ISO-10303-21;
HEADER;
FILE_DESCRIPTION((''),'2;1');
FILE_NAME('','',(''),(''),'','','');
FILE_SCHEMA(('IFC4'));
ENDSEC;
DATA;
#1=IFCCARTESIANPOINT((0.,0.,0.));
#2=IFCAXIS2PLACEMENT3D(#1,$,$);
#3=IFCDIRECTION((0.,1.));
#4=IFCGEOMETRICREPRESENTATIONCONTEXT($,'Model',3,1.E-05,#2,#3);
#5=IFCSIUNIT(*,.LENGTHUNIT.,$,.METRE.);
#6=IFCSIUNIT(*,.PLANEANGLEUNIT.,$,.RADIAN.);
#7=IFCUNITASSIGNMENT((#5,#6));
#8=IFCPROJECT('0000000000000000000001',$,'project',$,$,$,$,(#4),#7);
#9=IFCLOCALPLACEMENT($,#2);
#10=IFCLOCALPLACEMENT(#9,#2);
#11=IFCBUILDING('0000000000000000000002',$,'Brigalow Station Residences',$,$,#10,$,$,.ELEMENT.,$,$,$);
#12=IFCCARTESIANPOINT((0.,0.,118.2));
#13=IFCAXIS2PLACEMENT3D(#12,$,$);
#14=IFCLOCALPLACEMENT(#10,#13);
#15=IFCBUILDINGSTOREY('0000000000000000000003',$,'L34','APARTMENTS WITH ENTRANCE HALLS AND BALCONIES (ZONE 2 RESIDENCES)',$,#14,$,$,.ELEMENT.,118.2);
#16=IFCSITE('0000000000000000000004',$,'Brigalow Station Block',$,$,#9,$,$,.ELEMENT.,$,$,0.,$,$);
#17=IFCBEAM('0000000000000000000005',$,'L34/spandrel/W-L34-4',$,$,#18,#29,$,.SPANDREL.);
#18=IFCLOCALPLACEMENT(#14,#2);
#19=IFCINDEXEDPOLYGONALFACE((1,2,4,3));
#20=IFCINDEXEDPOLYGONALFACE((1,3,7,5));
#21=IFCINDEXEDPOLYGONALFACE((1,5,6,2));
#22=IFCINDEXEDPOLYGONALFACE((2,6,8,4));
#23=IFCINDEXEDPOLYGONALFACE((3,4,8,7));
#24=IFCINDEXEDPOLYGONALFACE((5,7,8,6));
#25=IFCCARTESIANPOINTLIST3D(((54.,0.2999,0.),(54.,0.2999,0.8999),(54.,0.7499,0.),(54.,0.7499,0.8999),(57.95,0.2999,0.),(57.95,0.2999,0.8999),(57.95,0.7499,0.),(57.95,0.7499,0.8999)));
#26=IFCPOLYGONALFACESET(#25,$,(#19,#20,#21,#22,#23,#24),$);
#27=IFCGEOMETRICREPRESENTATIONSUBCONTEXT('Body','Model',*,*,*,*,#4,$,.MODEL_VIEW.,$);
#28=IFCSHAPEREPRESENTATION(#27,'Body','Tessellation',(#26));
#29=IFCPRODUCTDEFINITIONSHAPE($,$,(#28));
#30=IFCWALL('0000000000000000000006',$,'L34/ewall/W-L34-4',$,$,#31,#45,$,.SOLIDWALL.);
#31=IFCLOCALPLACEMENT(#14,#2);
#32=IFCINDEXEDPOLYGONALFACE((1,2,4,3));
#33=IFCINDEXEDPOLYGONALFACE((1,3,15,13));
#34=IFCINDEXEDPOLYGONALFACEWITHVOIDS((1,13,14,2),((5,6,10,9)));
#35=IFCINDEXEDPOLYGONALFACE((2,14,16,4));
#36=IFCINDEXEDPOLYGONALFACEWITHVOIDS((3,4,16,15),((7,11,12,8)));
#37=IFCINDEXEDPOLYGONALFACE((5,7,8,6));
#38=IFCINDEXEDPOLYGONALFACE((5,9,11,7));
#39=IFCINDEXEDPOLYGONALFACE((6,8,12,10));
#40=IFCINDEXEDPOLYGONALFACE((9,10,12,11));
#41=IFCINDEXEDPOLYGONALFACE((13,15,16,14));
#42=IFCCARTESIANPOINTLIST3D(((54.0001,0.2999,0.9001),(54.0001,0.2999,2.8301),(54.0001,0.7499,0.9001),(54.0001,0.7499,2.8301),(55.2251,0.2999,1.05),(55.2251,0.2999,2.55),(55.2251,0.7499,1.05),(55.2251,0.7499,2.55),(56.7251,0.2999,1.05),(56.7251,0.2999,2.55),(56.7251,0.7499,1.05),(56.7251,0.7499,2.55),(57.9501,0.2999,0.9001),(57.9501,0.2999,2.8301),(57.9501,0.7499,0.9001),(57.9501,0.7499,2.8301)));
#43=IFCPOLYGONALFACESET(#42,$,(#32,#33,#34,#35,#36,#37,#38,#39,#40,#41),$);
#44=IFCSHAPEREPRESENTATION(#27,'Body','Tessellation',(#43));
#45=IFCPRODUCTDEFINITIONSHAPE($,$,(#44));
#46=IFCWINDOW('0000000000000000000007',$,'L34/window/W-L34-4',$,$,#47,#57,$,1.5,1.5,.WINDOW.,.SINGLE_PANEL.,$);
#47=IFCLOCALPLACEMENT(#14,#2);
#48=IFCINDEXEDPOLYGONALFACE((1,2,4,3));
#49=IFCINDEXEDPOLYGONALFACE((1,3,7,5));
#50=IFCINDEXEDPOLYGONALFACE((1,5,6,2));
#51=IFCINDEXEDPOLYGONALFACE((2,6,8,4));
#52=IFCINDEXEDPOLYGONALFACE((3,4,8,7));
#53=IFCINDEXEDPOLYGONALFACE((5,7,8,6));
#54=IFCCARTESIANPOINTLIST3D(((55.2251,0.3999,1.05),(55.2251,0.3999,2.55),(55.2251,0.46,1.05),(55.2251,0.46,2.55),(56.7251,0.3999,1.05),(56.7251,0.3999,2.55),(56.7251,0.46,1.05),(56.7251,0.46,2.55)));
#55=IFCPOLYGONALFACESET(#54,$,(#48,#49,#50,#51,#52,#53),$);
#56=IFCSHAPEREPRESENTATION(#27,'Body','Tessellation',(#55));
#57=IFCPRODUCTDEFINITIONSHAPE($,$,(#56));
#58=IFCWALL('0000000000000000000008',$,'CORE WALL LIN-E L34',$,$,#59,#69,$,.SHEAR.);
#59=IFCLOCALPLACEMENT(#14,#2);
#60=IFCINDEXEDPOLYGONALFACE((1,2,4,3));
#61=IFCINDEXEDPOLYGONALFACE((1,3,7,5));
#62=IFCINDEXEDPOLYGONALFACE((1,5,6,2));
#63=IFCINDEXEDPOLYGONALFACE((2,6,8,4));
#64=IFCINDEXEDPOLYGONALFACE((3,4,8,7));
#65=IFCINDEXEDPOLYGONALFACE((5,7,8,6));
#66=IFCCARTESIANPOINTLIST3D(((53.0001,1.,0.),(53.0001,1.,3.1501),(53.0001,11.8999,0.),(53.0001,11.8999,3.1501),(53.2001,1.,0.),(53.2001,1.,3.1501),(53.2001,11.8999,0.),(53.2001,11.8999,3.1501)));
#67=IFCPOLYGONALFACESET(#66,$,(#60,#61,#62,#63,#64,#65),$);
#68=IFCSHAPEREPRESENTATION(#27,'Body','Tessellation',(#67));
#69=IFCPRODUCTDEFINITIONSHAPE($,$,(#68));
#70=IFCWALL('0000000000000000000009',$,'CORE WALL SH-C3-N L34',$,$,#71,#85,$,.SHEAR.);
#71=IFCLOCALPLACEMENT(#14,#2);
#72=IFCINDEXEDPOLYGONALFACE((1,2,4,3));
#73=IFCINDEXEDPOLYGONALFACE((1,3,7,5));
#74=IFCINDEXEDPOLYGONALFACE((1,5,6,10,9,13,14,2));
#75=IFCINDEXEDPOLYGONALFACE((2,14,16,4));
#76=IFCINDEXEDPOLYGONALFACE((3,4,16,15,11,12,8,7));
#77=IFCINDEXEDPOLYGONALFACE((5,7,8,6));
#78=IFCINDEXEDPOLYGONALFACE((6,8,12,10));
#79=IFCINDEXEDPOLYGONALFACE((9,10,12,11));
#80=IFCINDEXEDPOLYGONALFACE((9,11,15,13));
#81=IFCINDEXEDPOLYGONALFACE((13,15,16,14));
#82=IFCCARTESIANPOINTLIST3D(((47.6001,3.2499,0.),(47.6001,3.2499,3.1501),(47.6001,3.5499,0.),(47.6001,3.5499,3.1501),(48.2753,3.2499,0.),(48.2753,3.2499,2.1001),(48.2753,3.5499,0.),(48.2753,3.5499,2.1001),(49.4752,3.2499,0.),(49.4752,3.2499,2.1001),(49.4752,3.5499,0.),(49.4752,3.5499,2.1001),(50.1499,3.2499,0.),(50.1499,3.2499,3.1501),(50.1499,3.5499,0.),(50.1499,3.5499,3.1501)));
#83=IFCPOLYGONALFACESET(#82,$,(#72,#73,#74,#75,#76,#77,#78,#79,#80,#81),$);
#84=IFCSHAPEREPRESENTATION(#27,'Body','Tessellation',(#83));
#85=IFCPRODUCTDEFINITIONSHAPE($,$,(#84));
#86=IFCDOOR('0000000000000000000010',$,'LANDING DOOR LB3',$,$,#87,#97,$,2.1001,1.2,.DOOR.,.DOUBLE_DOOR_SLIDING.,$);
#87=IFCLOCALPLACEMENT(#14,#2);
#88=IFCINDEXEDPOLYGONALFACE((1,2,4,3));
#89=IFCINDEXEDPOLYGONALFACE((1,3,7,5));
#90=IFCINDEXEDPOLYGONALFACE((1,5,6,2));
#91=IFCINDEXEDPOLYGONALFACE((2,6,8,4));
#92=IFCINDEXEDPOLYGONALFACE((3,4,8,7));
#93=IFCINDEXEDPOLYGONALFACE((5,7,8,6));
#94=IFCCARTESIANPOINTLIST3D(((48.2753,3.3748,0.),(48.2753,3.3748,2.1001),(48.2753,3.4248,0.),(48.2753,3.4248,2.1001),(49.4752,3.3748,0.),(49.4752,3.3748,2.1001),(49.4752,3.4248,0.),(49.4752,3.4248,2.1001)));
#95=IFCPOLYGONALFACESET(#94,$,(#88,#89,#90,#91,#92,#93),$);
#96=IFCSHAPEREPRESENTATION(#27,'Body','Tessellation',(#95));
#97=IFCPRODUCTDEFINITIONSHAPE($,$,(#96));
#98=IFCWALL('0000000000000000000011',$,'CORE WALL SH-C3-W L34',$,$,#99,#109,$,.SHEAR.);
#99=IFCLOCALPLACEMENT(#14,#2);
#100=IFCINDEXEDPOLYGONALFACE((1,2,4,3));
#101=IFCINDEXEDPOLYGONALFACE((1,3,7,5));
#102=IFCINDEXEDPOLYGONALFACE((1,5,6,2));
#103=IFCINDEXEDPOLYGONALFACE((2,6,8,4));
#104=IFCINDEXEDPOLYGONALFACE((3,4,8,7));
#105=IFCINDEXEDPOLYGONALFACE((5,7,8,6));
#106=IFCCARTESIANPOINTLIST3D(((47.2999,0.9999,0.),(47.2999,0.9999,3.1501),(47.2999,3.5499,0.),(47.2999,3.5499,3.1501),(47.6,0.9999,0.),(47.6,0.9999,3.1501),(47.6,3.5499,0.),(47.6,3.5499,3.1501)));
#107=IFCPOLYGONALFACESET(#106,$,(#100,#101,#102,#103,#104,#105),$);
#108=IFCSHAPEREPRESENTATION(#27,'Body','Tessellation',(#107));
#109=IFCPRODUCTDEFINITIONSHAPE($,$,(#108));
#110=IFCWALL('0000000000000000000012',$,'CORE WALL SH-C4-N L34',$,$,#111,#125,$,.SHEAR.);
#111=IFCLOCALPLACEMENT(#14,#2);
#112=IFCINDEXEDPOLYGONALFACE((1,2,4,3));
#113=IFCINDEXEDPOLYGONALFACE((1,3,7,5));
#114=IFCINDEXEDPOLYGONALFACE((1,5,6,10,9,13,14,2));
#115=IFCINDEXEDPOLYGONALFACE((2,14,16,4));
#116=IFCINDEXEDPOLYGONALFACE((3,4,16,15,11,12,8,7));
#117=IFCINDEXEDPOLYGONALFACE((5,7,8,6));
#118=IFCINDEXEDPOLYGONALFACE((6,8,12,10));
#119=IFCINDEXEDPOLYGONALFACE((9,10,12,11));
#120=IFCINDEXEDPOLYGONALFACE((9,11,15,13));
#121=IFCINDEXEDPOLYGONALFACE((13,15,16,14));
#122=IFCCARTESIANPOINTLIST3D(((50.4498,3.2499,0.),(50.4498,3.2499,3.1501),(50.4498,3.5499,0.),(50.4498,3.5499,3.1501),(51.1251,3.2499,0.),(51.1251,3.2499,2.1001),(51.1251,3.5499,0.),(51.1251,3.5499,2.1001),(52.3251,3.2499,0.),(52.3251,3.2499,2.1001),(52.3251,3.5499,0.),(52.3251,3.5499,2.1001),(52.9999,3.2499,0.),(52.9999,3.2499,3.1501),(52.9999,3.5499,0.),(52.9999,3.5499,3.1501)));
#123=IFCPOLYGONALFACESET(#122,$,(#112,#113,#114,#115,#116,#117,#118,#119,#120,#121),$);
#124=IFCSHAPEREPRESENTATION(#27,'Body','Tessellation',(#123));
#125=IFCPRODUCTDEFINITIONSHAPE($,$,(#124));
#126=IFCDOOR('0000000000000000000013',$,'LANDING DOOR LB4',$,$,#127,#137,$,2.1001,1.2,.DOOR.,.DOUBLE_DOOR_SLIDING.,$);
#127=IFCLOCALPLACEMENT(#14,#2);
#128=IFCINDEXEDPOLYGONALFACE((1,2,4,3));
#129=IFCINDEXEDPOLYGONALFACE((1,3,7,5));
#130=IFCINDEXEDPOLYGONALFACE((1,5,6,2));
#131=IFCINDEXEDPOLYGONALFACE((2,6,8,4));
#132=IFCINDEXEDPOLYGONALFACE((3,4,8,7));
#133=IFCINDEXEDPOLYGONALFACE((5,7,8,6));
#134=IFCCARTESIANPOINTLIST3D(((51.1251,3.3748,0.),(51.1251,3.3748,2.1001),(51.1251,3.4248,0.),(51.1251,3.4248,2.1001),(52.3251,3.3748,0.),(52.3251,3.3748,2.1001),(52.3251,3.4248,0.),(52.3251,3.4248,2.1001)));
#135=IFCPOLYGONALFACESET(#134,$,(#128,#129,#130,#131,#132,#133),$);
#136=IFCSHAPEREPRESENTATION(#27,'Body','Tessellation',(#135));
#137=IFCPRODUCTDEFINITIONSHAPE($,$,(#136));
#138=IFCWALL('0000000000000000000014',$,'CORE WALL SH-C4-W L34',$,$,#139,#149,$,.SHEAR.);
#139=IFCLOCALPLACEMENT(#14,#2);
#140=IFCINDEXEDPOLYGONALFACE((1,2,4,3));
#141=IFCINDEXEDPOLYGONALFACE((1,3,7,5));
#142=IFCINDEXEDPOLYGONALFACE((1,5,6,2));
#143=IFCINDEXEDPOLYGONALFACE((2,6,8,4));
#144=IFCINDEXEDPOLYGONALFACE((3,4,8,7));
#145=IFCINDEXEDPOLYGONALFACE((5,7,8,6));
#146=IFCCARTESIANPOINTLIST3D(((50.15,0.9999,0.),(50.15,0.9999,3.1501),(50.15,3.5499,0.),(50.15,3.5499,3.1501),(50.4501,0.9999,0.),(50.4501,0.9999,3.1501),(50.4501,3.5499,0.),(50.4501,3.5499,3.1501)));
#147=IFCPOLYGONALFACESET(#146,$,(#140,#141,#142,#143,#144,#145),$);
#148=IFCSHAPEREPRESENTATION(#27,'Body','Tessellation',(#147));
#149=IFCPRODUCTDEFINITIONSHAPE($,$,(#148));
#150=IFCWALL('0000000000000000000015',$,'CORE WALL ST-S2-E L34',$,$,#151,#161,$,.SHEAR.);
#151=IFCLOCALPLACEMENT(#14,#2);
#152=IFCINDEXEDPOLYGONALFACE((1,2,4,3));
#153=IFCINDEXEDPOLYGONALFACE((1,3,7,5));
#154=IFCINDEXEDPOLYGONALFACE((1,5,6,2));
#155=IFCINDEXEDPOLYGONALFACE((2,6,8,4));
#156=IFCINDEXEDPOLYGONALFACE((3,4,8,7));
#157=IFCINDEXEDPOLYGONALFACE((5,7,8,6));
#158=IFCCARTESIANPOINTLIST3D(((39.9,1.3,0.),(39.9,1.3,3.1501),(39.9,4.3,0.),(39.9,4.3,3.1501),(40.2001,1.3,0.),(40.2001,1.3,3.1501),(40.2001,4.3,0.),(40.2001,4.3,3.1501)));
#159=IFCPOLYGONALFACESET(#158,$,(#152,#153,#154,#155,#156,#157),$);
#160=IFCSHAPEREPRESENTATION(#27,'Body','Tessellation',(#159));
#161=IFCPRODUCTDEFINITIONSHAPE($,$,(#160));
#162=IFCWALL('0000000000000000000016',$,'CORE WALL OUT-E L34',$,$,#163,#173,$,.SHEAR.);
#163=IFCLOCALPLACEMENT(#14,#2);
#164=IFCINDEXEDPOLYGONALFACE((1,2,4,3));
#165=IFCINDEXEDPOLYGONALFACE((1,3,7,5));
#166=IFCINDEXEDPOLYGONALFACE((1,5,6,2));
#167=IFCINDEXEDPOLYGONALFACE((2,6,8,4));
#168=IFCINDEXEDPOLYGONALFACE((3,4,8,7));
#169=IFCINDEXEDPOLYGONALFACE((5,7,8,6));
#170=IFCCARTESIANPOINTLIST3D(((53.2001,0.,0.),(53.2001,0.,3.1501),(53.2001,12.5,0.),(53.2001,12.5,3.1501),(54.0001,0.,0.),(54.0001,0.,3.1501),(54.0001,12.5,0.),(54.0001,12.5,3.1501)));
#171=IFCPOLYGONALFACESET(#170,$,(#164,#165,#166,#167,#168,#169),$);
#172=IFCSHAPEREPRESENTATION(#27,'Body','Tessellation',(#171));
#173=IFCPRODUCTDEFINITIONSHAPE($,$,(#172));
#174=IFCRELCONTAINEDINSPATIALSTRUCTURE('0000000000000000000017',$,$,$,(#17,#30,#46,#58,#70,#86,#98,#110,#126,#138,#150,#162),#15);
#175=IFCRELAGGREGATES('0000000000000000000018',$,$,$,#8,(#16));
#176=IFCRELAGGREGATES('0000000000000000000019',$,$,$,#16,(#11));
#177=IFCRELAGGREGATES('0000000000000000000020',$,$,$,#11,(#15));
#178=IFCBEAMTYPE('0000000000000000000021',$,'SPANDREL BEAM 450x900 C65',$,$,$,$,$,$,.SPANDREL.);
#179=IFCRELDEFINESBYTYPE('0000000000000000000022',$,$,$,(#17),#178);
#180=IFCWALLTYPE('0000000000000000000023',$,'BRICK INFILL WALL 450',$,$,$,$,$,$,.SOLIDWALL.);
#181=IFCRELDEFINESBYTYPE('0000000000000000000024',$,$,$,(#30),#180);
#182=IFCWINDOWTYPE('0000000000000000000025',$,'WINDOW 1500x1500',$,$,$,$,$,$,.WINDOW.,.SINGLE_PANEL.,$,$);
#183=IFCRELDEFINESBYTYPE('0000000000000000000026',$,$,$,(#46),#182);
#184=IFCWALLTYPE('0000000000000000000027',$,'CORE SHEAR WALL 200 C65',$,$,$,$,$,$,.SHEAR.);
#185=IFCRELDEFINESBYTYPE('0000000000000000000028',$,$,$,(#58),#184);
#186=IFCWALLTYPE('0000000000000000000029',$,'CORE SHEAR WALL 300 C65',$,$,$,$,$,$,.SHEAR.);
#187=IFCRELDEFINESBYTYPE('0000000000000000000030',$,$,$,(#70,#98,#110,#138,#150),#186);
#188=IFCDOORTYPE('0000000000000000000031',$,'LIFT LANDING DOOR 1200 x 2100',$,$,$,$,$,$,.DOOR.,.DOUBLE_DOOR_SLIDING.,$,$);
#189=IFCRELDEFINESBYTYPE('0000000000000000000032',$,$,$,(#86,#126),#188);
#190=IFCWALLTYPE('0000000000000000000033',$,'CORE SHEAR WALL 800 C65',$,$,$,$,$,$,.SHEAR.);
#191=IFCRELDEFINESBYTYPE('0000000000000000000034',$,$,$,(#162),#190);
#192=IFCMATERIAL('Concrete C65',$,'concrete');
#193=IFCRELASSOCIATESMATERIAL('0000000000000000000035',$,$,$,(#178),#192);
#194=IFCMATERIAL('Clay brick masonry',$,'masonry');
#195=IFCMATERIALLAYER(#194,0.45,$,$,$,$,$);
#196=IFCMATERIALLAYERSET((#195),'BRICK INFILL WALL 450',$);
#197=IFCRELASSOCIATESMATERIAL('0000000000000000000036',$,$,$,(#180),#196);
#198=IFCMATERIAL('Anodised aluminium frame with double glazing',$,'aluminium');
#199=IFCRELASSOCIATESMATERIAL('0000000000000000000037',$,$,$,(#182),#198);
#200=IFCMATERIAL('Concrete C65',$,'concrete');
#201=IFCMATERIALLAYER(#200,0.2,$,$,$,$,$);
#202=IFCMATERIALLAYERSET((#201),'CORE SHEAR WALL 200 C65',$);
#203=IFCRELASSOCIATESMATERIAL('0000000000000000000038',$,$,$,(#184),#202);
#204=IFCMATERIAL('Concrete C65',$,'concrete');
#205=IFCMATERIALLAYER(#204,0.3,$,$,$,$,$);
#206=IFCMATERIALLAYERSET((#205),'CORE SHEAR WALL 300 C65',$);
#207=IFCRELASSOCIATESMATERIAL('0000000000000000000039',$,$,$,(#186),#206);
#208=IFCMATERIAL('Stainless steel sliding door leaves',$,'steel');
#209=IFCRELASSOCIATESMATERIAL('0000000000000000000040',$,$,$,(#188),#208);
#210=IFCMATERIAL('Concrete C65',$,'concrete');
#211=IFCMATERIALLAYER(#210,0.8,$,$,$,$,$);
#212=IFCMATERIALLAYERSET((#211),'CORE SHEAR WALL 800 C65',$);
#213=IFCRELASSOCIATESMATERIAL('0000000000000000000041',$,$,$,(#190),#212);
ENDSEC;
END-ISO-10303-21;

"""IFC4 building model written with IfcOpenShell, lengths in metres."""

from ifc_helpers import new_model, si_unit, direction, frame, frame_2d, origin, origin_2d, place, context, subcontext, project, spatial, rectangle, extrude, material, layer, layer_set, material_profile, profile_set, type_object, element, fill, save


model = new_model("IFC4")

# Units and contexts
model_context = context("Model", 3, precision=1e-05, world=origin(), true_north=direction((0.0, 1.0)))
body_context = subcontext(model_context, "Body", "Model", "MODEL_VIEW")
ifc_project = project(units=[si_unit("LENGTHUNIT", "METRE"), si_unit("PLANEANGLEUNIT", "RADIAN")], contexts=[model_context])

# Site, building, storey
site_placement = place(None, origin())
site = spatial("IfcSite", under=ifc_project, at=site_placement, Name="Brigalow Station Block", CompositionType="ELEMENT", RefElevation=0.0)
building_placement = place(site_placement, origin())
building = spatial("IfcBuilding", under=site, at=building_placement, Name="Brigalow Station Residences", CompositionType="ELEMENT")
storey_placement = place(building_placement, frame((0.0, 0.0, 118.2)))
storey = spatial("IfcBuildingStorey", under=building, at=storey_placement, Name="L34", Description="APARTMENTS WITH ENTRANCE HALLS AND BALCONIES (ZONE 2 RESIDENCES)", CompositionType="ELEMENT", Elevation=118.2)

# Beam
ifc_material_1 = material(Name="Concrete C65", Category="concrete")
ifc_material_profile = material_profile(ifc_material_1, rectangle(XDim=0.45, YDim=0.8999, at=origin_2d()), Name="RC450x900")
ifc_profile_set = profile_set([ifc_material_profile], Name="Concrete C65")
beam_type = type_object("IfcBeamType", Name="SPANDREL BEAM 450x900 C65", PredefinedType="SPANDREL", material=ifc_profile_set)
beam_placement = place(storey_placement, frame((54.0, 0.5249, 0.45), z_axis=(1.0, 0.0, 0.0), x_axis=(0.0, 1.0, 0.0)))
element("IfcBeam", 1, at=beam_placement, inside=storey, type_object=beam_type, Name="L34/spandrel/W-L34-4", PredefinedType="SPANDREL", context=body_context, shape_type="SweptSolid", body=[
    extrude(rectangle(XDim=0.45, YDim=0.8999, at=origin_2d()), origin(), (0.0, 0.0, 1.0), 3.95),
])

# Wall, opening, window
ifc_material_2 = material(Name="Clay brick masonry", Category="masonry")
ifc_layer_1 = layer(ifc_material_2, 0.45)
ifc_layer_set_1 = layer_set([ifc_layer_1], Name="BRICK INFILL WALL 450")
wall_type_1 = type_object("IfcWallType", Name="BRICK INFILL WALL 450", PredefinedType="SOLIDWALL", material=ifc_layer_set_1)
wall_1_placement = place(storey_placement, frame((54.0, 0.5249, 0.9001), z_axis=(0.0, 0.0, 1.0), x_axis=(1.0, 0.0, 0.0)))
wall_1 = element("IfcWall", 2, at=wall_1_placement, inside=storey, type_object=wall_type_1, Name="L34/ewall/W-L34-4", PredefinedType="SOLIDWALL", context=body_context, shape_type="SweptSolid", body=[
    extrude(rectangle(XDim=3.95, YDim=0.45, at=frame_2d((1.9751, 0.0))), origin(), (0.0, 0.0, 1.0), 1.9299),
])
opening_1_placement = place(wall_1_placement, frame((1.2251, 0.0, 0.1499)))
opening_1 = element("IfcOpeningElement", 3, at=opening_1_placement, cuts=wall_1, PredefinedType="OPENING", context=body_context, shape_type="SweptSolid", body=[
    extrude(rectangle(XDim=1.5, YDim=1.5, at=frame_2d((0.75, 0.75))), frame((0.0, 0.2349, 0.0), z_axis=(0.0, -1.0, 0.0), x_axis=(1.0, 0.0, 0.0)), (0.0, 0.0, 1.0), 0.47),
])
ifc_material_3 = material(Name="Anodised aluminium frame with double glazing", Category="aluminium")
window_type = type_object("IfcWindowType", Name="WINDOW 1500x1500", PartitioningType="SINGLE_PANEL", PredefinedType="WINDOW", material=ifc_material_3)
window_placement = place(opening_1_placement, origin())
window = element("IfcWindow", 4, at=window_placement, inside=storey, type_object=window_type, Name="L34/window/W-L34-4", OverallHeight=1.5, OverallWidth=1.5, PartitioningType="SINGLE_PANEL", PredefinedType="WINDOW", context=body_context, shape_type="SweptSolid", body=[
    extrude(rectangle(XDim=1.5, YDim=1.5, at=frame_2d((0.75, 0.75))), frame((0.0, -0.0649, 0.0), z_axis=(0.0, -1.0, 0.0), x_axis=(1.0, 0.0, 0.0)), (0.0, 0.0, 1.0), 0.0601),
])
fill(opening_1, window)

# Wall
ifc_material_4 = material(Name="Concrete C65", Category="concrete")
ifc_layer_2 = layer(ifc_material_4, 0.2)
ifc_layer_set_2 = layer_set([ifc_layer_2], Name="CORE SHEAR WALL 200 C65")
wall_type_2 = type_object("IfcWallType", Name="CORE SHEAR WALL 200 C65", PredefinedType="SHEAR", material=ifc_layer_set_2)
wall_2_placement = place(storey_placement, frame((53.1001, 1.0, 0.0), z_axis=(0.0, 0.0, 1.0), x_axis=(0.0, 1.0, 0.0)))
element("IfcWall", 5, at=wall_2_placement, inside=storey, type_object=wall_type_2, Name="CORE WALL LIN-E L34", PredefinedType="SHEAR", context=body_context, shape_type="SweptSolid", body=[
    extrude(rectangle(XDim=10.8999, YDim=0.2, at=frame_2d((5.45, 0.0))), origin(), (0.0, 0.0, 1.0), 3.1501),
])

# Wall, opening, door
ifc_material_5 = material(Name="Concrete C65", Category="concrete")
ifc_layer_3 = layer(ifc_material_5, 0.3)
ifc_layer_set_3 = layer_set([ifc_layer_3], Name="CORE SHEAR WALL 300 C65")
wall_type_3 = type_object("IfcWallType", Name="CORE SHEAR WALL 300 C65", PredefinedType="SHEAR", material=ifc_layer_set_3)
wall_3_placement = place(storey_placement, frame((47.6001, 3.3999, 0.0), z_axis=(0.0, 0.0, 1.0), x_axis=(1.0, 0.0, 0.0)))
wall_3 = element("IfcWall", 6, at=wall_3_placement, inside=storey, type_object=wall_type_3, Name="CORE WALL SH-C3-N L34", PredefinedType="SHEAR", context=body_context, shape_type="SweptSolid", body=[
    extrude(rectangle(XDim=2.5498, YDim=0.3, at=frame_2d((1.2749, 0.0))), origin(), (0.0, 0.0, 1.0), 3.1501),
])
opening_2_placement = place(wall_3_placement, frame((0.675, 0.0, 0.0)))
opening_2 = element("IfcOpeningElement", 7, at=opening_2_placement, cuts=wall_3, PredefinedType="OPENING", context=body_context, shape_type="SweptSolid", body=[
    extrude(rectangle(XDim=1.2, YDim=2.1001, at=frame_2d((0.6001, 1.05))), frame((0.0, 0.1602, 0.0), z_axis=(0.0, -1.0, 0.0), x_axis=(1.0, 0.0, 0.0)), (0.0, 0.0, 1.0), 0.3201),
])
ifc_material_6 = material(Name="Stainless steel sliding door leaves", Category="steel")
door_type_1 = type_object("IfcDoorType", Name="LIFT LANDING DOOR 1200 x 2100", OperationType="DOUBLE_DOOR_SLIDING", PredefinedType="DOOR", material=ifc_material_6)
door_1_placement = place(opening_2_placement, origin())
door_1 = element("IfcDoor", 8, at=door_1_placement, inside=storey, type_object=door_type_1, Name="LANDING DOOR LB3", OperationType="DOUBLE_DOOR_SLIDING", OverallHeight=2.1001, OverallWidth=1.2, PredefinedType="DOOR", context=body_context, shape_type="SweptSolid", body=[
    extrude(rectangle(XDim=1.2, YDim=2.1001, at=frame_2d((0.6001, 1.05))), frame((0.0, 0.0249, 0.0), z_axis=(0.0, -1.0, 0.0), x_axis=(1.0, 0.0, 0.0)), (0.0, 0.0, 1.0), 0.05),
])
fill(opening_2, door_1)

# Wall
wall_4_placement = place(storey_placement, frame((47.45, 1.0, 0.0), z_axis=(0.0, 0.0, 1.0), x_axis=(0.0, 1.0, 0.0)))
element("IfcWall", 9, at=wall_4_placement, inside=storey, type_object=wall_type_3, Name="CORE WALL SH-C3-W L34", PredefinedType="SHEAR", context=body_context, shape_type="SweptSolid", body=[
    extrude(rectangle(XDim=2.55, YDim=0.3, at=frame_2d((1.2749, 0.0))), origin(), (0.0, 0.0, 1.0), 3.1501),
])

# Wall, opening, door
wall_5_placement = place(storey_placement, frame((50.45, 3.3999, 0.0), z_axis=(0.0, 0.0, 1.0), x_axis=(1.0, 0.0, 0.0)))
wall_5 = element("IfcWall", 10, at=wall_5_placement, inside=storey, type_object=wall_type_3, Name="CORE WALL SH-C4-N L34", PredefinedType="SHEAR", context=body_context, shape_type="SweptSolid", body=[
    extrude(rectangle(XDim=2.55, YDim=0.3, at=frame_2d((1.2749, 0.0))), origin(), (0.0, 0.0, 1.0), 3.1501),
])
opening_3_placement = place(wall_5_placement, frame((0.675, 0.0, 0.0)))
opening_3 = element("IfcOpeningElement", 11, at=opening_3_placement, cuts=wall_5, PredefinedType="OPENING", context=body_context, shape_type="SweptSolid", body=[
    extrude(rectangle(XDim=1.2, YDim=2.1001, at=frame_2d((0.6001, 1.05))), frame((0.0, 0.1602, 0.0), z_axis=(0.0, -1.0, 0.0), x_axis=(1.0, 0.0, 0.0)), (0.0, 0.0, 1.0), 0.3201),
])
door_2_placement = place(opening_3_placement, origin())
door_2 = element("IfcDoor", 12, at=door_2_placement, inside=storey, type_object=door_type_1, Name="LANDING DOOR LB4", OperationType="DOUBLE_DOOR_SLIDING", OverallHeight=2.1001, OverallWidth=1.2, PredefinedType="DOOR", context=body_context, shape_type="SweptSolid", body=[
    extrude(rectangle(XDim=1.2, YDim=2.1001, at=frame_2d((0.6001, 1.05))), frame((0.0, 0.0249, 0.0), z_axis=(0.0, -1.0, 0.0), x_axis=(1.0, 0.0, 0.0)), (0.0, 0.0, 1.0), 0.05),
])
fill(opening_3, door_2)

# Walls
wall_6_placement = place(storey_placement, frame((50.3, 1.0, 0.0), z_axis=(0.0, 0.0, 1.0), x_axis=(0.0, 1.0, 0.0)))
element("IfcWall", 13, at=wall_6_placement, inside=storey, type_object=wall_type_3, Name="CORE WALL SH-C4-W L34", PredefinedType="SHEAR", context=body_context, shape_type="SweptSolid", body=[
    extrude(rectangle(XDim=2.55, YDim=0.3, at=frame_2d((1.2749, 0.0))), origin(), (0.0, 0.0, 1.0), 3.1501),
])
wall_7_placement = place(storey_placement, frame((40.05, 1.3, 0.0), z_axis=(0.0, 0.0, 1.0), x_axis=(0.0, 1.0, 0.0)))
element("IfcWall", 14, at=wall_7_placement, inside=storey, type_object=wall_type_3, Name="CORE WALL ST-S2-E L34", PredefinedType="SHEAR", context=body_context, shape_type="SweptSolid", body=[
    extrude(rectangle(XDim=3.0, YDim=0.3, at=frame_2d((1.5, 0.0))), origin(), (0.0, 0.0, 1.0), 3.1501),
])
ifc_material_7 = material(Name="Concrete C65", Category="concrete")
ifc_layer_4 = layer(ifc_material_7, 0.8)
ifc_layer_set_4 = layer_set([ifc_layer_4], Name="CORE SHEAR WALL 800 C65")
wall_type_4 = type_object("IfcWallType", Name="CORE SHEAR WALL 800 C65", PredefinedType="SHEAR", material=ifc_layer_set_4)
wall_8_placement = place(storey_placement, frame((53.6001, 0.0, 0.0), z_axis=(0.0, 0.0, 1.0), x_axis=(0.0, 1.0, 0.0)))
element("IfcWall", 15, at=wall_8_placement, inside=storey, type_object=wall_type_4, Name="CORE WALL OUT-E L34", PredefinedType="SHEAR", context=body_context, shape_type="SweptSolid", body=[
    extrude(rectangle(XDim=12.5, YDim=0.8, at=frame_2d((6.25, 0.0))), origin(), (0.0, 0.0, 1.0), 3.1501),
])

save(model, "model.ifc")
